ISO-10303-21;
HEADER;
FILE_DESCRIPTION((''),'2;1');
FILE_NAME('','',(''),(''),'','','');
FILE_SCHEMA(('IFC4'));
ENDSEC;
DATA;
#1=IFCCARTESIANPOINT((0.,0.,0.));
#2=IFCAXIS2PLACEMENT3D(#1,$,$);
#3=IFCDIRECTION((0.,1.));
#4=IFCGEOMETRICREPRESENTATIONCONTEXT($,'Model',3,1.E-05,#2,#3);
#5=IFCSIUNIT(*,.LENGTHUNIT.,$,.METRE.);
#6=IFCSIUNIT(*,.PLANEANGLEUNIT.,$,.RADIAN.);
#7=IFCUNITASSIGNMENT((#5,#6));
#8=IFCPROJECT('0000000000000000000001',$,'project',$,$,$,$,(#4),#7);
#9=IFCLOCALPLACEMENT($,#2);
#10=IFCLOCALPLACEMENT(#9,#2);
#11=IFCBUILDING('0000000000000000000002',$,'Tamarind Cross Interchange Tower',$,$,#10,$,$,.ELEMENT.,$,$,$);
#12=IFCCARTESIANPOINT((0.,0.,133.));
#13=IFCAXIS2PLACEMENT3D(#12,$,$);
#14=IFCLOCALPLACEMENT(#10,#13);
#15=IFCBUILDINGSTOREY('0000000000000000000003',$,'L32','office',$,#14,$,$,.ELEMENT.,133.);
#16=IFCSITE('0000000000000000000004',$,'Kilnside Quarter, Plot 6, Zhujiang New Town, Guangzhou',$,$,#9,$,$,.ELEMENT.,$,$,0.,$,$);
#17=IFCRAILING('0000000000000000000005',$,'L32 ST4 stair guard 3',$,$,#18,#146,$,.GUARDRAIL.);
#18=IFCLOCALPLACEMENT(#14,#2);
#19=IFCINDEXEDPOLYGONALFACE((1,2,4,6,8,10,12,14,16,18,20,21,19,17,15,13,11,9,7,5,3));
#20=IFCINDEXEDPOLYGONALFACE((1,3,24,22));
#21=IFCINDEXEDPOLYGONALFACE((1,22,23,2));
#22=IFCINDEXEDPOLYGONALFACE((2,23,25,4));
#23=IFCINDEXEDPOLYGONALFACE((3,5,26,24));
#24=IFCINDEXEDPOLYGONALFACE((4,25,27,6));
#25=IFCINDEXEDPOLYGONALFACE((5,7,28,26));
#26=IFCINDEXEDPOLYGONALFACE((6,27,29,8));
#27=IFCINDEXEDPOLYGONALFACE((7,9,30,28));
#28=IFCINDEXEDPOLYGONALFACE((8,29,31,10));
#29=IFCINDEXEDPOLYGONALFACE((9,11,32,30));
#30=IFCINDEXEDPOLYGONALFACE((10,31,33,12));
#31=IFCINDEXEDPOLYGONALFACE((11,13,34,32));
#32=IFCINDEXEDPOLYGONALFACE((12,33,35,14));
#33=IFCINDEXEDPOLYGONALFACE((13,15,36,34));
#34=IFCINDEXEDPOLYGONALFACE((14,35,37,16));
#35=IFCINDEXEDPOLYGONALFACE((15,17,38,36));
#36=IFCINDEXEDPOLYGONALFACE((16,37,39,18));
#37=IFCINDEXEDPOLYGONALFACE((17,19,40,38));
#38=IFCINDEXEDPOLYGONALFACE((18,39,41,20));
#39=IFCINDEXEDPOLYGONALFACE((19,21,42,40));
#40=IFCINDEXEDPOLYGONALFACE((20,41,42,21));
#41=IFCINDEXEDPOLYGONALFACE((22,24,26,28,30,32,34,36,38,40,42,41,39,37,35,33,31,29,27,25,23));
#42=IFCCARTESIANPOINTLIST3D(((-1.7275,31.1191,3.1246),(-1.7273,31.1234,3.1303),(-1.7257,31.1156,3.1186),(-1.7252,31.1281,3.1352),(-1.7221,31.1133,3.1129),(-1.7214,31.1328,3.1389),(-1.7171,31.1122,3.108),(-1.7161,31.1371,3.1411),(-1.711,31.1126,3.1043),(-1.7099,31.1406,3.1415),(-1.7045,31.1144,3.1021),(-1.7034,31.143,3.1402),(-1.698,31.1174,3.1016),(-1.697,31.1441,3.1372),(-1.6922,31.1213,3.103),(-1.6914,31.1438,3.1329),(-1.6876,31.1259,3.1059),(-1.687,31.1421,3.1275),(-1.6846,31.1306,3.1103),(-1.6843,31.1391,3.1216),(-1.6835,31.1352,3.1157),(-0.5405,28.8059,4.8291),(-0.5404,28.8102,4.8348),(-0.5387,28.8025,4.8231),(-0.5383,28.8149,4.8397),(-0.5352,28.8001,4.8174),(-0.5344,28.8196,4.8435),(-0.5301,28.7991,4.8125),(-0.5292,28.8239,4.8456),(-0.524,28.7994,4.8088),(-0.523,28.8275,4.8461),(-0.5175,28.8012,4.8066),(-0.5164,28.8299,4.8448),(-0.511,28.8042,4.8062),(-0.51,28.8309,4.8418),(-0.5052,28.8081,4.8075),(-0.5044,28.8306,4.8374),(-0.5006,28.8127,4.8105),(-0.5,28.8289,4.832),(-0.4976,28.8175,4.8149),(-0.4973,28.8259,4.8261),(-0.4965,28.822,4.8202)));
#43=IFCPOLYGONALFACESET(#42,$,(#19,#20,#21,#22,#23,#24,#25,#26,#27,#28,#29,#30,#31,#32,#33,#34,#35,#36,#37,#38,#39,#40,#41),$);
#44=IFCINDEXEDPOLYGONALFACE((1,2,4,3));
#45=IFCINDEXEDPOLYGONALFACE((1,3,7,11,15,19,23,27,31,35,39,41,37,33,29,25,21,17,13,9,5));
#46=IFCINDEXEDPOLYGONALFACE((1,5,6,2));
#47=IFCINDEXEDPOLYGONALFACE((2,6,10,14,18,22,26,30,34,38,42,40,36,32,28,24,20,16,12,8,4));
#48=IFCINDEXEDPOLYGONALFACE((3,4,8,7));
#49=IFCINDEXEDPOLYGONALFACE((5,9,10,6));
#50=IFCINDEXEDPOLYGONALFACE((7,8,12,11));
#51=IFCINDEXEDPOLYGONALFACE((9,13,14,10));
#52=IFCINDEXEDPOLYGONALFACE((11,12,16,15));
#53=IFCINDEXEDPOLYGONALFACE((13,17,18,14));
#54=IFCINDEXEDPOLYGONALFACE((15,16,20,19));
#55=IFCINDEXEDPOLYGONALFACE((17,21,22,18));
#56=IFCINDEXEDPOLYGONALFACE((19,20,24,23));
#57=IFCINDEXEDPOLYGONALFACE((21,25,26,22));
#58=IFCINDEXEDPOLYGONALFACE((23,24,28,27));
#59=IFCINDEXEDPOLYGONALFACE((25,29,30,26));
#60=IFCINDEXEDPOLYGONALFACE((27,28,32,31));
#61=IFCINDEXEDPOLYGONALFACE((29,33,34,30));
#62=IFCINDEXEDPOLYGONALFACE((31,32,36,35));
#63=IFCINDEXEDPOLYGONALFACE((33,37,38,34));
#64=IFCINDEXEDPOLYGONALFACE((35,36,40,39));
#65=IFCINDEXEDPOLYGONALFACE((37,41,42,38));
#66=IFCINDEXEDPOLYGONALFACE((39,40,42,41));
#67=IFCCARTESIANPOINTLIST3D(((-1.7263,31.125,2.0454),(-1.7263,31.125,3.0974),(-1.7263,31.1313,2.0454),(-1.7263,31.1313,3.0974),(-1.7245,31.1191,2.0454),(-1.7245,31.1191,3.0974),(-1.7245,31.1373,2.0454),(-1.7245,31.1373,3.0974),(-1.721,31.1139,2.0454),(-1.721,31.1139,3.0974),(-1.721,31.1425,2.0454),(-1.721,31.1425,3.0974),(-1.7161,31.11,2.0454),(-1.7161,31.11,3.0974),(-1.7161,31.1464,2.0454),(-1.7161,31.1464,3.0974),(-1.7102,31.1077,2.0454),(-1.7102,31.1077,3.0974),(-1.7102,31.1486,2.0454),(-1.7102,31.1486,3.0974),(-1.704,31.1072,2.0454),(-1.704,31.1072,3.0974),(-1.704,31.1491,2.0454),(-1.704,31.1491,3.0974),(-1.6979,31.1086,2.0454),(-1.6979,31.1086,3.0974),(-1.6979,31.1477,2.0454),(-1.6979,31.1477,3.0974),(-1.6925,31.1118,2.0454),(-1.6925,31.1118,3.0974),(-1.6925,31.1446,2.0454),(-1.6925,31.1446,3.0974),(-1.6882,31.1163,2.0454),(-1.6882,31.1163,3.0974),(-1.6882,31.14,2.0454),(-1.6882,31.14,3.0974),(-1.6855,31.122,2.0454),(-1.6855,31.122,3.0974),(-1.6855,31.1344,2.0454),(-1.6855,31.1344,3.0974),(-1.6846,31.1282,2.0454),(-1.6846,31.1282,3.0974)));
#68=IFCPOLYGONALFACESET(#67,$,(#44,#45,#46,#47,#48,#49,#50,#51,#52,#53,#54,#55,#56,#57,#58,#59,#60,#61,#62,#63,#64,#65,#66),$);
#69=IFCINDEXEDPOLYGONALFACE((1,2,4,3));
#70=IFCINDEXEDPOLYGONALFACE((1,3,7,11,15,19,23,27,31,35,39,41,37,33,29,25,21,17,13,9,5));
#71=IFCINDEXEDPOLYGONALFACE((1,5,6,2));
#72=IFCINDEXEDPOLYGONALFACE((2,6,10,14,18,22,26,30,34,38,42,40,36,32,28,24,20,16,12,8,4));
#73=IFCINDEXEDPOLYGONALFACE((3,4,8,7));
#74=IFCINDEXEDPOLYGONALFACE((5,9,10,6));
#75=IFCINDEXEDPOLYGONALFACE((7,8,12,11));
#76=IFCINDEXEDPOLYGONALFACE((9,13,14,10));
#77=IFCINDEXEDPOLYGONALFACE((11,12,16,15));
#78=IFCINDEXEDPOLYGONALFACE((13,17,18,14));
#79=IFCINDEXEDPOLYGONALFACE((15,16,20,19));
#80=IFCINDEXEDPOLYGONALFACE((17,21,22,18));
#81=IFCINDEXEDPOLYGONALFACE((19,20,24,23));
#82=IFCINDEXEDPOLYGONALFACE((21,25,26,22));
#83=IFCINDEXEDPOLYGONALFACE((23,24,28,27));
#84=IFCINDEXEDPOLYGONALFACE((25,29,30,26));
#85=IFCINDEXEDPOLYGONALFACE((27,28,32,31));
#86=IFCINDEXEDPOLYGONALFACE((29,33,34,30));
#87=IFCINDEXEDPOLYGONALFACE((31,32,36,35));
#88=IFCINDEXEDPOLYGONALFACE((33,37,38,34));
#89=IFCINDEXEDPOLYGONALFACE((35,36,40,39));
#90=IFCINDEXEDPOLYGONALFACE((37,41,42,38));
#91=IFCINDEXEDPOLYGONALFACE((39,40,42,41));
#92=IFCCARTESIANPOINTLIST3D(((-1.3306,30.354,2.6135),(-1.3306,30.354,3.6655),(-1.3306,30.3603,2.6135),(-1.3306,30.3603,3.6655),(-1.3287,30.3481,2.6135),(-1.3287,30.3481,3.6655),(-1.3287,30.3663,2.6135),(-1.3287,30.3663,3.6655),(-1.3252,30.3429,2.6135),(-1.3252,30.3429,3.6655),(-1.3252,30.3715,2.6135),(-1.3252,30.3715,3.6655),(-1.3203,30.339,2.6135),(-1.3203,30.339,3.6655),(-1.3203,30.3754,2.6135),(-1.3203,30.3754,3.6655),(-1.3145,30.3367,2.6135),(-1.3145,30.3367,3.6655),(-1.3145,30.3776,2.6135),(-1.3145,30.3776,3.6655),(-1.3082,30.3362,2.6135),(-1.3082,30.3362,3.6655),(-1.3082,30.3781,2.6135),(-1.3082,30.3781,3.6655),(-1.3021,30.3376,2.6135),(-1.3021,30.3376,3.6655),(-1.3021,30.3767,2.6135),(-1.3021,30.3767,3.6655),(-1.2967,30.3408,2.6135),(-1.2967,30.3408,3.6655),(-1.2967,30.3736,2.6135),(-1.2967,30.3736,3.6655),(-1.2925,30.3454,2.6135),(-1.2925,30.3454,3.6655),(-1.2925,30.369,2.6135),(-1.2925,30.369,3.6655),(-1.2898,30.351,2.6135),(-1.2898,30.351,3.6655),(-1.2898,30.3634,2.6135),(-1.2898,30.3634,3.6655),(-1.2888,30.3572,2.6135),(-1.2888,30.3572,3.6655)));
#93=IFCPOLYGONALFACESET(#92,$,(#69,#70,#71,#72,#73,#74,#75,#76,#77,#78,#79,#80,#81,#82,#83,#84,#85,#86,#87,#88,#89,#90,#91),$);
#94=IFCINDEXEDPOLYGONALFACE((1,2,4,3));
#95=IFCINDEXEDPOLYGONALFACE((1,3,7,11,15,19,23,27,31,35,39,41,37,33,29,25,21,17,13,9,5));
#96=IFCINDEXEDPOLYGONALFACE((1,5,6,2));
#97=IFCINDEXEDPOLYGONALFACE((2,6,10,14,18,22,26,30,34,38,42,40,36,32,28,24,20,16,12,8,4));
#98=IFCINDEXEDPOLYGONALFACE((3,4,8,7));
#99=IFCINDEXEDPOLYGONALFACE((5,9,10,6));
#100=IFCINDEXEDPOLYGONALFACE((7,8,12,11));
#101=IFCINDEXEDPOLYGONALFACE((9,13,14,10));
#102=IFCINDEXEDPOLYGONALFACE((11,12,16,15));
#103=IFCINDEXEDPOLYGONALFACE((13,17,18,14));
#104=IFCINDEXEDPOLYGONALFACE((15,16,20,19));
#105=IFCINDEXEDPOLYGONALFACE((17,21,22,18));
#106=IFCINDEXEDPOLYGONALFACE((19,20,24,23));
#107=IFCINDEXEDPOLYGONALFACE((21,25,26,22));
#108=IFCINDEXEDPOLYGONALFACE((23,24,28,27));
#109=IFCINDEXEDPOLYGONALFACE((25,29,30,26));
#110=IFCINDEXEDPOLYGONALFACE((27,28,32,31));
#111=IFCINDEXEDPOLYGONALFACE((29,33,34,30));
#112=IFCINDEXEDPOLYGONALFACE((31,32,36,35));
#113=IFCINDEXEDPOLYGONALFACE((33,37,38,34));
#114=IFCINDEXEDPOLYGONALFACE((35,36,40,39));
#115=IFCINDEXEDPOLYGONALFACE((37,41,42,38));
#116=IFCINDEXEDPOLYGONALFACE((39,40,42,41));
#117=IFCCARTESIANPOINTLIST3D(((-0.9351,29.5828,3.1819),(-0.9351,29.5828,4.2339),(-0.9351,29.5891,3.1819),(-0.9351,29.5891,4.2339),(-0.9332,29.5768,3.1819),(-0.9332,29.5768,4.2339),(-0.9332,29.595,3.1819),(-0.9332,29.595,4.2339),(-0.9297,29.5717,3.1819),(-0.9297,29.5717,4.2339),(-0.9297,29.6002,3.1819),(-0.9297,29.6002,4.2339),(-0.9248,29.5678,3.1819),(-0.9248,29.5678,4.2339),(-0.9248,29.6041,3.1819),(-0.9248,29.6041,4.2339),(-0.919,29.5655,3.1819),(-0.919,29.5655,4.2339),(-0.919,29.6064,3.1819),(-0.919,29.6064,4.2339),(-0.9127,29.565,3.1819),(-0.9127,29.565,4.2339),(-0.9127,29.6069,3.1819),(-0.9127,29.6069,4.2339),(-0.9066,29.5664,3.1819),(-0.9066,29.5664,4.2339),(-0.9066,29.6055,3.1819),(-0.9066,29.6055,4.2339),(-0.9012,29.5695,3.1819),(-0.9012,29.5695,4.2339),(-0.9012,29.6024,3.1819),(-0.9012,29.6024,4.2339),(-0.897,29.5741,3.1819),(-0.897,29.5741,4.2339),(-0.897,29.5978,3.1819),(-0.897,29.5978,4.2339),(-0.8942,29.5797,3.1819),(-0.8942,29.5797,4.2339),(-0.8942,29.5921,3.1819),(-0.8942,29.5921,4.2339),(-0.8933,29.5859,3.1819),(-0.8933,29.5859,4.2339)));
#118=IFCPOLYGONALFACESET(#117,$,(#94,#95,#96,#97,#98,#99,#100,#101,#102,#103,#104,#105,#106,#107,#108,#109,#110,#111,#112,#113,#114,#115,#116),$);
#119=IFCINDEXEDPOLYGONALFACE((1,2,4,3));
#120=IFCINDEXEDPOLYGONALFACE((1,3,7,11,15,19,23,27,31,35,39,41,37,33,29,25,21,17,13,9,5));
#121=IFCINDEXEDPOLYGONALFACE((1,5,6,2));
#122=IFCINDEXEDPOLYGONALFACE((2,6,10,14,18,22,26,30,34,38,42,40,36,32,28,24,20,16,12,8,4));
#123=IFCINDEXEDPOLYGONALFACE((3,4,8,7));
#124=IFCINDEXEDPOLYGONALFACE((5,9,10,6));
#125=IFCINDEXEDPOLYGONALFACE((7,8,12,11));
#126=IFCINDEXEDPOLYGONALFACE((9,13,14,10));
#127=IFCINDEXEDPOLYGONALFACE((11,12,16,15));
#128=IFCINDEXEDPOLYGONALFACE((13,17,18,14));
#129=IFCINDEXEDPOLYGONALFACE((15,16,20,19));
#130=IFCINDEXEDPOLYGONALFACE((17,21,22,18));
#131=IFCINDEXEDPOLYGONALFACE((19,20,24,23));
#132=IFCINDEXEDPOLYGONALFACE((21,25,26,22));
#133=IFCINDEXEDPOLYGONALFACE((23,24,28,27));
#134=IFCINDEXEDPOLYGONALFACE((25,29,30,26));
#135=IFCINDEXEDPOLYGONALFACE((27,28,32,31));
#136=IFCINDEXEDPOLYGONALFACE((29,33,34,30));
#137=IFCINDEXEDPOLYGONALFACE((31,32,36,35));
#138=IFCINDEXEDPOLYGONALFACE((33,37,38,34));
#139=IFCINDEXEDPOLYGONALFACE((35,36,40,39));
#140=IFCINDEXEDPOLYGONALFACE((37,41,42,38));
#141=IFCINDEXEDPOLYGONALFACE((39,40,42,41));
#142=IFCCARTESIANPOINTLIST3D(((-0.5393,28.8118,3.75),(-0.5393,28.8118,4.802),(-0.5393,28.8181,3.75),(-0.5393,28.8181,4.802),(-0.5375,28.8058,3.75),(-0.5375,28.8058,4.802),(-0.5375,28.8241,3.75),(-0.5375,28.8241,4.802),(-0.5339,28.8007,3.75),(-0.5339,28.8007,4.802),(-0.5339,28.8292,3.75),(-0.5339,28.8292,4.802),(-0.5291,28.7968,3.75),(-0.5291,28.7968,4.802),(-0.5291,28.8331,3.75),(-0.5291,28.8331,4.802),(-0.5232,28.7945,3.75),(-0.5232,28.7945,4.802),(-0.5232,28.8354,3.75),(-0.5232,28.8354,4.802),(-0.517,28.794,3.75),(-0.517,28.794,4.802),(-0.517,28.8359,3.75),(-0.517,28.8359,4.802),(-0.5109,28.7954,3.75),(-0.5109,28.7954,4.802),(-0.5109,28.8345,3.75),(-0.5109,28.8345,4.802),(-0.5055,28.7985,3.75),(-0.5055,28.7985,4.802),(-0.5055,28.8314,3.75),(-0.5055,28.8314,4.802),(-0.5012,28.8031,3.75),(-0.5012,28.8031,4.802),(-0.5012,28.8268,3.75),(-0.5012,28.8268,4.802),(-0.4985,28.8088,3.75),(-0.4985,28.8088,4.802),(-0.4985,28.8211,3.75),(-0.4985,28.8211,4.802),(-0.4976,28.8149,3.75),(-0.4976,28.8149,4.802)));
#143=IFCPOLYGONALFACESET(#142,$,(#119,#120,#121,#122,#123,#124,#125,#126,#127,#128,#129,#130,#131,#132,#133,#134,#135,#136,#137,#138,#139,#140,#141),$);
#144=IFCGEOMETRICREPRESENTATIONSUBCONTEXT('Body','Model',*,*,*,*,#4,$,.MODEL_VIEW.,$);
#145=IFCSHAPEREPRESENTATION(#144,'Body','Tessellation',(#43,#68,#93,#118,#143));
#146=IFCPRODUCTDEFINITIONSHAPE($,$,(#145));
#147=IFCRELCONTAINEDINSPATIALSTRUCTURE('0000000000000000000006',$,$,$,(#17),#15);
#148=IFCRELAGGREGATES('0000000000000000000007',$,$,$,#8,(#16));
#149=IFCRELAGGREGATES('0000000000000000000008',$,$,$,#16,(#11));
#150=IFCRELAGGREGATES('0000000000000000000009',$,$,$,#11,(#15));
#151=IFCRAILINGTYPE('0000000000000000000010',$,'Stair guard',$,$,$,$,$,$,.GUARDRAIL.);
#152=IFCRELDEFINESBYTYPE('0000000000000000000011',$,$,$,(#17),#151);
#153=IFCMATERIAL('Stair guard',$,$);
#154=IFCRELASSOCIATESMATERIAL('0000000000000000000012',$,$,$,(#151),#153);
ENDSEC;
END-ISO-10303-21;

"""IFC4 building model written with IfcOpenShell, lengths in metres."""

from ifc_helpers import new_model, si_unit, direction, frame, origin, origin_2d, place, context, subcontext, project, spatial, circle, extrude, material, type_object, element, save


model = new_model("IFC4")

# Units and contexts
model_context = context("Model", 3, precision=1e-05, world=origin(), true_north=direction((0.0, 1.0)))
body_context = subcontext(model_context, "Body", "Model", "MODEL_VIEW")
ifc_project = project(units=[si_unit("LENGTHUNIT", "METRE"), si_unit("PLANEANGLEUNIT", "RADIAN")], contexts=[model_context])

# Site, building, storey
site_placement = place(None, origin())
site = spatial("IfcSite", under=ifc_project, at=site_placement, Name="Kilnside Quarter, Plot 6, Zhujiang New Town, Guangzhou", CompositionType="ELEMENT", RefElevation=0.0)
building_placement = place(site_placement, origin())
building = spatial("IfcBuilding", under=site, at=building_placement, Name="Tamarind Cross Interchange Tower", CompositionType="ELEMENT")
storey_placement = place(building_placement, frame((0.0, 0.0, 133.0)))
storey = spatial("IfcBuildingStorey", under=building, at=storey_placement, Name="L32", Description="office", CompositionType="ELEMENT", Elevation=133.0)

# Railing
ifc_material_1 = material(Name="Stair guard")
railing_type_1 = type_object("IfcRailingType", Name="Stair guard", PredefinedType="GUARDRAIL", material=ifc_material_1)
railing_1_placement = place(storey_placement, frame((-1.7056, 31.1282, 2.0454)))
element("IfcRailing", 1, at=railing_1_placement, inside=storey, type_object=railing_type_1, Name="L32 ST4 stair guard 3", PredefinedType="GUARDRAIL", context=body_context, shape_type="SweptSolid", body=[
    extrude(circle(Radius=0.0239, at=origin_2d()), frame((0.0, 0.0, 1.0762), z_axis=(0.381803, -0.744052, 0.548282), x_axis=(0.889702, 0.456542, 0.0)), (0.0, 0.0, 1.0), 3.1089),
    extrude(circle(Radius=0.021, at=origin_2d()), origin(), (0.0, 0.0, 1.0), 1.052),
    extrude(circle(Radius=0.021, at=origin_2d()), frame((0.3958, -0.771, 0.5681)), (0.0, 0.0, 1.0), 1.052),
    extrude(circle(Radius=0.021, at=origin_2d()), frame((0.7913, -1.5422, 1.1365)), (0.0, 0.0, 1.0), 1.052),
    extrude(circle(Radius=0.021, at=origin_2d()), frame((1.187, -2.3132, 1.7046)), (0.0, 0.0, 1.0), 1.052),
])

save(model, "model.ifc")
